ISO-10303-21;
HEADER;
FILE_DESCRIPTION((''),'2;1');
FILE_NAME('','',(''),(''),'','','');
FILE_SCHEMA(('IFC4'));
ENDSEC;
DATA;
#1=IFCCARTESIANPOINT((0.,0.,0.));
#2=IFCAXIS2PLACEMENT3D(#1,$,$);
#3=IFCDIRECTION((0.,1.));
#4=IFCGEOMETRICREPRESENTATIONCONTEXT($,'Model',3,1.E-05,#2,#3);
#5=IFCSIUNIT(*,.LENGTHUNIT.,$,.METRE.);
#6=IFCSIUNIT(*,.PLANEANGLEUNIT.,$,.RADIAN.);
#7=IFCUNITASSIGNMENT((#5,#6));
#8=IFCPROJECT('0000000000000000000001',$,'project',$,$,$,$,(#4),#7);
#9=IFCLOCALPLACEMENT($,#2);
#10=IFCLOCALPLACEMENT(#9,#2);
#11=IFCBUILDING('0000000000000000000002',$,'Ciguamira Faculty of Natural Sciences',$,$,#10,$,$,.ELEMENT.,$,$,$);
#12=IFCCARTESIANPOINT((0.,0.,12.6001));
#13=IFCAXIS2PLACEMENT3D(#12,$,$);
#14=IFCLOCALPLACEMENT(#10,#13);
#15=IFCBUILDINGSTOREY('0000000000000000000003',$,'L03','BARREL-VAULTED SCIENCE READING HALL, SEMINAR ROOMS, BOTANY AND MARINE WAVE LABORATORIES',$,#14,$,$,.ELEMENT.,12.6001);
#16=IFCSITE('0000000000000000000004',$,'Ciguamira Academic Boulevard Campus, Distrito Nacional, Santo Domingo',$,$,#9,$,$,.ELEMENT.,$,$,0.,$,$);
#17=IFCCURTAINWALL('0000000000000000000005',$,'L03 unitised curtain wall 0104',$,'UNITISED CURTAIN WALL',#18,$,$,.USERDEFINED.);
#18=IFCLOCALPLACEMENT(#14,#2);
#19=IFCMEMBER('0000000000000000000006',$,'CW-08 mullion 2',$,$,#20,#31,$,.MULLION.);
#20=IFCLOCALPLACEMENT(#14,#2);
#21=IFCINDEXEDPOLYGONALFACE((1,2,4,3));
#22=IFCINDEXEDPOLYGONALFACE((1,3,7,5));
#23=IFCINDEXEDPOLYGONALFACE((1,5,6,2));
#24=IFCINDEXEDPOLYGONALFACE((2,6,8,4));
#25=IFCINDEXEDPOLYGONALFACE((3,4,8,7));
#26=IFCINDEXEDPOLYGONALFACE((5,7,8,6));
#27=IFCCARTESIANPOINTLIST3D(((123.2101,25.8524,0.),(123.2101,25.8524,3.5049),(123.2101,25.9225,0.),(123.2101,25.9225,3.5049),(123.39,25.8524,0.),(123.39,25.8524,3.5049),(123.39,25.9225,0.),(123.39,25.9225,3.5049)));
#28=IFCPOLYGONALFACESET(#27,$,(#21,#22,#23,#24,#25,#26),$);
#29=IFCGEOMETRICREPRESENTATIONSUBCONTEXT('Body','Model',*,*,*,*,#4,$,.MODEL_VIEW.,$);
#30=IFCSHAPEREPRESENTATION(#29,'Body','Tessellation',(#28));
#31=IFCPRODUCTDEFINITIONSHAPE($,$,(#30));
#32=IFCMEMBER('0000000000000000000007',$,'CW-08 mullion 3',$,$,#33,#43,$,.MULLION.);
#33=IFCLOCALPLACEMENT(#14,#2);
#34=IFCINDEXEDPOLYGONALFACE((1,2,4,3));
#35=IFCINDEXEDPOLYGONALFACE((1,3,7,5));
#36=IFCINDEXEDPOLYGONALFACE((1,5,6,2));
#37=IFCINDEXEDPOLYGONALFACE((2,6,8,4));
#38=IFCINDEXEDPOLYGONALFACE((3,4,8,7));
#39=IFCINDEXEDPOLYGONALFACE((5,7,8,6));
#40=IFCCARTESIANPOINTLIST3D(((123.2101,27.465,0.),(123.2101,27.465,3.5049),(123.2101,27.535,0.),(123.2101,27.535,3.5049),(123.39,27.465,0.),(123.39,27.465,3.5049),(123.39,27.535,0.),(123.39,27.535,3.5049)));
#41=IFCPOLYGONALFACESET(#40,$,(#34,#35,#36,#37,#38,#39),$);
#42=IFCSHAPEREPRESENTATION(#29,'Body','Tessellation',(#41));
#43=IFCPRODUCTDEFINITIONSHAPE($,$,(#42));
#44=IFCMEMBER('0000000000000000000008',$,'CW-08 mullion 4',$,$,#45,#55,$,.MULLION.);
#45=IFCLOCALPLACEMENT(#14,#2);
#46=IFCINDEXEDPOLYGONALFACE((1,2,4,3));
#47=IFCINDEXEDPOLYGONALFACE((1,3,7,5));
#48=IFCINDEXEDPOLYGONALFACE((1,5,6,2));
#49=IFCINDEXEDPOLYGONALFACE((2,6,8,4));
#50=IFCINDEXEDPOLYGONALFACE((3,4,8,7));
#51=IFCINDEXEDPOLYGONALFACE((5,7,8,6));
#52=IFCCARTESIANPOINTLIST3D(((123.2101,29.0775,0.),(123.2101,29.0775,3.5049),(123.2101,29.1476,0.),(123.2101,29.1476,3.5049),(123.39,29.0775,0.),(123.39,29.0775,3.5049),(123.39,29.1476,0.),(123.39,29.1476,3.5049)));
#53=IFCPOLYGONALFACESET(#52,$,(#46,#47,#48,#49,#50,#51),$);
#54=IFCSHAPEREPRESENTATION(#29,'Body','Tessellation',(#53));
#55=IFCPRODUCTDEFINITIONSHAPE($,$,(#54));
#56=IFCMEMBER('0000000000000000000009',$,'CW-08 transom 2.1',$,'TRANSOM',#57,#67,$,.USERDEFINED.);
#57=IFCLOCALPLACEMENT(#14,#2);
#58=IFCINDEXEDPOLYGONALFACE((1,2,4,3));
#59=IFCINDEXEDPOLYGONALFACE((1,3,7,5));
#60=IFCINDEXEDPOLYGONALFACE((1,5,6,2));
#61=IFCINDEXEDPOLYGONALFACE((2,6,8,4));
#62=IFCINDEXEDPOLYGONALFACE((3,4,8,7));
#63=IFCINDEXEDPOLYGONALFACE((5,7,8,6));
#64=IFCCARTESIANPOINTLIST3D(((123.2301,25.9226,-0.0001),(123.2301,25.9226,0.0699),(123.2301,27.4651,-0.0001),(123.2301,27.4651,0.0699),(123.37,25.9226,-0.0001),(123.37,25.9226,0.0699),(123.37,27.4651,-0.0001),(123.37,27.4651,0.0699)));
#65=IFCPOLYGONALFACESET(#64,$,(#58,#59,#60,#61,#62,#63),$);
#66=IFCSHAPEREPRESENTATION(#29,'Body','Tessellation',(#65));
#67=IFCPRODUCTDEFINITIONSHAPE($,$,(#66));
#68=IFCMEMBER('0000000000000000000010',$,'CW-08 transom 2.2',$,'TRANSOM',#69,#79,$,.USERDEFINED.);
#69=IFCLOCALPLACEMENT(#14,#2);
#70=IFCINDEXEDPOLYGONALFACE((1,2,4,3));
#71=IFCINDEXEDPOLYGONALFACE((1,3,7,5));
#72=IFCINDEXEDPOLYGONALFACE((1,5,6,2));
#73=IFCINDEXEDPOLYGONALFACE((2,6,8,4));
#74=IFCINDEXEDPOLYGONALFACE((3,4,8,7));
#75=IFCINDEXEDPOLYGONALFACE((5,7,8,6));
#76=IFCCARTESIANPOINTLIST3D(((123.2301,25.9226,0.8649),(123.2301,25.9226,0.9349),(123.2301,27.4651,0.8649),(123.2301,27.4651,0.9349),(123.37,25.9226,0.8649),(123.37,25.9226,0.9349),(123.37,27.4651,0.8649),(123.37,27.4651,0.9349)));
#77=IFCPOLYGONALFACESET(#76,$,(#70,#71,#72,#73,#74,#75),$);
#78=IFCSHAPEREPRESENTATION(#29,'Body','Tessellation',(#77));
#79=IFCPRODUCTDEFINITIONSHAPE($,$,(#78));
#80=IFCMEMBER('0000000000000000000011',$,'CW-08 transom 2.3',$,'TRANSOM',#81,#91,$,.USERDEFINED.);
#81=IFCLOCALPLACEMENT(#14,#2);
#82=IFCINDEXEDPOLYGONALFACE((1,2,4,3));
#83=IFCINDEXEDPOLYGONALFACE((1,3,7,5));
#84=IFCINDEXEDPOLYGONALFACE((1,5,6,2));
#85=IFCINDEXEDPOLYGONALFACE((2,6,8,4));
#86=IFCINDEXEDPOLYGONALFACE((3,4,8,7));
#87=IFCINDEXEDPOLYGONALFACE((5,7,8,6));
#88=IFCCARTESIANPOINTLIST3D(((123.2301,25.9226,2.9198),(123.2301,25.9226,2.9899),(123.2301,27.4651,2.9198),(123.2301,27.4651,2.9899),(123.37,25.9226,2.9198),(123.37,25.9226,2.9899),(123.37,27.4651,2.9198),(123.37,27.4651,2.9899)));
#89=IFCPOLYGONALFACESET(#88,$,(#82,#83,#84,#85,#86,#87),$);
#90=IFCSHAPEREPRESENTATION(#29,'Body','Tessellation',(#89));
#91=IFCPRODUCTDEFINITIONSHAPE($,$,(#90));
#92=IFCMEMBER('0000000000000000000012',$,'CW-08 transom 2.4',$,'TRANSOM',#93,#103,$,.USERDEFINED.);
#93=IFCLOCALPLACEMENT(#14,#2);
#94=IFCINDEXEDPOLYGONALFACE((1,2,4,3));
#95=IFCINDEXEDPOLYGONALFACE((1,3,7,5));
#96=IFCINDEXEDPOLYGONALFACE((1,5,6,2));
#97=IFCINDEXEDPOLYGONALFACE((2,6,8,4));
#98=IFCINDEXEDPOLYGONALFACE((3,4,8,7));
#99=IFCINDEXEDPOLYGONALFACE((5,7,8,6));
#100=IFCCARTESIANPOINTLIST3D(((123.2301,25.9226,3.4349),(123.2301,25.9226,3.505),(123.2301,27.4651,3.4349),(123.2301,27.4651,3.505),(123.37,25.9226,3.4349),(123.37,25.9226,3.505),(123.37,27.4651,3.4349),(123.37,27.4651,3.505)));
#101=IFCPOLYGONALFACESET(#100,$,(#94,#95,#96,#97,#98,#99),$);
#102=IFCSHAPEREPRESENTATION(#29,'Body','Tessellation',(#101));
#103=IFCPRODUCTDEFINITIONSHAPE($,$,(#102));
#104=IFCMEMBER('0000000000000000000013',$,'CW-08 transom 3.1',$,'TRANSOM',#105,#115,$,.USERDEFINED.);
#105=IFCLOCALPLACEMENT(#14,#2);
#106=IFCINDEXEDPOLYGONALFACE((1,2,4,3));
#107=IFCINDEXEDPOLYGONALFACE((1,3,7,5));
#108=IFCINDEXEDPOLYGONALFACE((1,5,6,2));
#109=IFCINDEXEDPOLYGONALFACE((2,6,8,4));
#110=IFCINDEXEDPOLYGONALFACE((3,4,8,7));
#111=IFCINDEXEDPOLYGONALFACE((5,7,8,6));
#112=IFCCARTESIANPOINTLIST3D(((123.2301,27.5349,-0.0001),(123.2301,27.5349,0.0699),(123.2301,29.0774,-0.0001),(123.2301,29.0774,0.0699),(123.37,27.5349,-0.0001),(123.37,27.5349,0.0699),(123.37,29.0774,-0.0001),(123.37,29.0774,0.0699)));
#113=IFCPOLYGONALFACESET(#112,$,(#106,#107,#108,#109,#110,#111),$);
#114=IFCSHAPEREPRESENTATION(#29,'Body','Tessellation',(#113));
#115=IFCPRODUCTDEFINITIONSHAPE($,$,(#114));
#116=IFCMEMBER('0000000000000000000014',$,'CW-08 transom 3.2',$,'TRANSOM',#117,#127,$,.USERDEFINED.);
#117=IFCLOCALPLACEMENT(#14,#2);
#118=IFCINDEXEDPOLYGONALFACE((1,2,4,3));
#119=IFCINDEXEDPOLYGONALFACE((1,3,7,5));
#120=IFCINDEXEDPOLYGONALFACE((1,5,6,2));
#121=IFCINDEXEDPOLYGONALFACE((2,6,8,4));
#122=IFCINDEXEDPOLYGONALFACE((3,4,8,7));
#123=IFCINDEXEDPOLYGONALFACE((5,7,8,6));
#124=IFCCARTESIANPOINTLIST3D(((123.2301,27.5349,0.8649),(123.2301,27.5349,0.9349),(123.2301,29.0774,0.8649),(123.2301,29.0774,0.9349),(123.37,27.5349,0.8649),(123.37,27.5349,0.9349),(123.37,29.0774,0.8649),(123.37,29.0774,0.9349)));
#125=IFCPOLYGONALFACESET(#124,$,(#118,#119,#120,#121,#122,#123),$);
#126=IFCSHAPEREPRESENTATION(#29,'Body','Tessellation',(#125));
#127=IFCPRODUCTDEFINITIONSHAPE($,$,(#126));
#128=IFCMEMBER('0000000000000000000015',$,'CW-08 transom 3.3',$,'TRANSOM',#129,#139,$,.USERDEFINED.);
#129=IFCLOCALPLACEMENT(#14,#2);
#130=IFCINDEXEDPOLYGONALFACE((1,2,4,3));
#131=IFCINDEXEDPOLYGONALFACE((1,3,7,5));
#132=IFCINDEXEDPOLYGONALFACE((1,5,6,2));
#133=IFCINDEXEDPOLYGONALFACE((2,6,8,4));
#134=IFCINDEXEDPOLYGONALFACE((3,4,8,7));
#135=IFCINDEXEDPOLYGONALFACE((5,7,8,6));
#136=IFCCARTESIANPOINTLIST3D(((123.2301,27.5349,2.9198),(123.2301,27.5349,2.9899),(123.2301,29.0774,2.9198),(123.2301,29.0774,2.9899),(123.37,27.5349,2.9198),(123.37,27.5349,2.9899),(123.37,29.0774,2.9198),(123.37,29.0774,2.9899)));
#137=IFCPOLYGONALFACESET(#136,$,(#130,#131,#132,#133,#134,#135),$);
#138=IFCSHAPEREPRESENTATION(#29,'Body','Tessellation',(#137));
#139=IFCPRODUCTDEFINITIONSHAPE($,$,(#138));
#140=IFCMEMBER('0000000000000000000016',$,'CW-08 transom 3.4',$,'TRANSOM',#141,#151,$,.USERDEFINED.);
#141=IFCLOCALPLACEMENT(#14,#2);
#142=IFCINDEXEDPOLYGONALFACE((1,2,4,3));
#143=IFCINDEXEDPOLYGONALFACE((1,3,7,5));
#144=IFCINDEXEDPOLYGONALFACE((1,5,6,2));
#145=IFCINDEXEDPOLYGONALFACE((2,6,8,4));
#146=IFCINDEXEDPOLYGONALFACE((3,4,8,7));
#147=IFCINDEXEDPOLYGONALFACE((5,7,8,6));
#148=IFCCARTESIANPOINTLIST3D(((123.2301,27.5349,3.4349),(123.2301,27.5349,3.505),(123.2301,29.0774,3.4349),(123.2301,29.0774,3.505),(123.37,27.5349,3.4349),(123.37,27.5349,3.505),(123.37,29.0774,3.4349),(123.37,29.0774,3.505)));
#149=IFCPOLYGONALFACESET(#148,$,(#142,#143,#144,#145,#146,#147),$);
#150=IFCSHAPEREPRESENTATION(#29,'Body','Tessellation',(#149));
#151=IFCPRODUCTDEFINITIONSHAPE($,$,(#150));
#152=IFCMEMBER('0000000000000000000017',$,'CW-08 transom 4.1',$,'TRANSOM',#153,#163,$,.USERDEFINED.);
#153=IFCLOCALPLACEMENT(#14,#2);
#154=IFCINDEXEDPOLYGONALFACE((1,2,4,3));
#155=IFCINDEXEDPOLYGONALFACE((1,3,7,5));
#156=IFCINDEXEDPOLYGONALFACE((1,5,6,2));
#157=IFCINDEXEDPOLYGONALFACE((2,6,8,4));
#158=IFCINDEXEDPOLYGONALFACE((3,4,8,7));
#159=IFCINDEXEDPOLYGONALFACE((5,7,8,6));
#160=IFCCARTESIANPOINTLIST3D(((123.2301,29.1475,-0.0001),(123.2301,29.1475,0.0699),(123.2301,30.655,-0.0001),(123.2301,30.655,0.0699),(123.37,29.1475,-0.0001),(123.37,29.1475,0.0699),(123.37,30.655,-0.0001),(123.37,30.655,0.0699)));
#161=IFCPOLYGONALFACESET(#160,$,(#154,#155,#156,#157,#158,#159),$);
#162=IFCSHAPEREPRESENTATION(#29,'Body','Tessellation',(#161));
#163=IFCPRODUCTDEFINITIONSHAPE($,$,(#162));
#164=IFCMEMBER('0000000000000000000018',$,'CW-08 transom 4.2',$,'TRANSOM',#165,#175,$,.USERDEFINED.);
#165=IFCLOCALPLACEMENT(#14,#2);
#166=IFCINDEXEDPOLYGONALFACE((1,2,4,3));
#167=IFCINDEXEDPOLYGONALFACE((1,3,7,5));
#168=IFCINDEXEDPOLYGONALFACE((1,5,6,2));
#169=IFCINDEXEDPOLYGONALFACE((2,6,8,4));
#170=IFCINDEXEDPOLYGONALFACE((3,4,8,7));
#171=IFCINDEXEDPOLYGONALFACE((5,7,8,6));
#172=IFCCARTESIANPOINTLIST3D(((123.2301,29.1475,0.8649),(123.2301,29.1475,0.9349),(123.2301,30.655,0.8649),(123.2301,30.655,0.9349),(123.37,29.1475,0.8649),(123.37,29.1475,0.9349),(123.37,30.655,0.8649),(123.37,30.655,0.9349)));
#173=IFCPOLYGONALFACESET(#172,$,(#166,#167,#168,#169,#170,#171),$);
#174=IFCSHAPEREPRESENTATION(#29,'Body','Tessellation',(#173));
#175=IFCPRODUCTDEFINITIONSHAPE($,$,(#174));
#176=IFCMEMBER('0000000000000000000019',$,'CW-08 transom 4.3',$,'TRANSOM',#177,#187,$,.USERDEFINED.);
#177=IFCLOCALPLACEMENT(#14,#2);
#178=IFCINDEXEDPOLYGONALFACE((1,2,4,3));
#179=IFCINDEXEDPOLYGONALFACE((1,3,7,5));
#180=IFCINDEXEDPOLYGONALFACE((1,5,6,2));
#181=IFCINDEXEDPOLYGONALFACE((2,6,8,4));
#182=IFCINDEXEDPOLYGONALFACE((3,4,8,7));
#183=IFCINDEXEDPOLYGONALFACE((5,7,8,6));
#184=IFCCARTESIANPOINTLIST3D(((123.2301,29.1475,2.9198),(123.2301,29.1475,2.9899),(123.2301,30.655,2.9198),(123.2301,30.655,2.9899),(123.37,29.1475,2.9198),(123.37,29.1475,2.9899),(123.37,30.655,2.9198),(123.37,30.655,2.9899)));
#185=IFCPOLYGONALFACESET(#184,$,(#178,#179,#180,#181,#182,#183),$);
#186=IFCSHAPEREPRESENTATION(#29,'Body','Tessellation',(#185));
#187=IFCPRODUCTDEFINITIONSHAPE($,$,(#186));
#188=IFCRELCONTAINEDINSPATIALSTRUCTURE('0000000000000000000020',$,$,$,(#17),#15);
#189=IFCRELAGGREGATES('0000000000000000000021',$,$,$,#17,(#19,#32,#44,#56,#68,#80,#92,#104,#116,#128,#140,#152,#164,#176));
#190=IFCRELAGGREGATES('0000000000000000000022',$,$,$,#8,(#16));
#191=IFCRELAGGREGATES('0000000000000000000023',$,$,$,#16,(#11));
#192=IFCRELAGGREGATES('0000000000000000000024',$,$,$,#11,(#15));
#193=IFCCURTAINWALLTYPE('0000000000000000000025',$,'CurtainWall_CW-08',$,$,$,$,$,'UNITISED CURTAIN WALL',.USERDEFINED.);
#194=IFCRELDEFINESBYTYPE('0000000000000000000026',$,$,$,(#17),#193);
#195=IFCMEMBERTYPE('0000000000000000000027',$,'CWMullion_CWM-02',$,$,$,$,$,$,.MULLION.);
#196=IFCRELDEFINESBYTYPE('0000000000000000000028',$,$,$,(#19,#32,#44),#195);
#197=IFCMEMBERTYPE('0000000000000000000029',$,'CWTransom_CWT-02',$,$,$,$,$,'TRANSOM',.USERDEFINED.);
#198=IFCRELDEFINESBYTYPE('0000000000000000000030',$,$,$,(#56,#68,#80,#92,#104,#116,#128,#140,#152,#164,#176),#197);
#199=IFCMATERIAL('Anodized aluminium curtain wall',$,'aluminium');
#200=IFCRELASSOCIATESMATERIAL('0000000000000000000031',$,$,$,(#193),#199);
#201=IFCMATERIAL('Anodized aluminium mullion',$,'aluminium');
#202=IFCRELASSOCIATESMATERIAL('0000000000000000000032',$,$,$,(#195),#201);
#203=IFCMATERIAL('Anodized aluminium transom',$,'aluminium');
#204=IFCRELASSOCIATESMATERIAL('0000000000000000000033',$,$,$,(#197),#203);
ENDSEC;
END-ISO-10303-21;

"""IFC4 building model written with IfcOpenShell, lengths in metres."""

from ifc_helpers import new_model, si_unit, direction, frame, origin, origin_2d, place, context, subcontext, project, spatial, rectangle, extrude, material, material_profile, profile_set, type_object, element, aggregate, save


model = new_model("IFC4")

# Units and contexts
model_context = context("Model", 3, precision=1e-05, world=origin(), true_north=direction((0.0, 1.0)))
body_context = subcontext(model_context, "Body", "Model", "MODEL_VIEW")
ifc_project = project(units=[si_unit("LENGTHUNIT", "METRE"), si_unit("PLANEANGLEUNIT", "RADIAN")], contexts=[model_context])

# Site, building, storey
site_placement = place(None, origin())
site = spatial("IfcSite", under=ifc_project, at=site_placement, Name="Ciguamira Academic Boulevard Campus, Distrito Nacional, Santo Domingo", CompositionType="ELEMENT", RefElevation=0.0)
building_placement = place(site_placement, origin())
building = spatial("IfcBuilding", under=site, at=building_placement, Name="Ciguamira Faculty of Natural Sciences", CompositionType="ELEMENT")
storey_placement = place(building_placement, frame((0.0, 0.0, 12.6001)))
storey = spatial("IfcBuildingStorey", under=building, at=storey_placement, Name="L03", Description="BARREL-VAULTED SCIENCE READING HALL, SEMINAR ROOMS, BOTANY AND MARINE WAVE LABORATORIES", CompositionType="ELEMENT", Elevation=12.6001)

# Curtain wall, members
ifc_material_1 = material(Name="Anodized aluminium curtain wall", Category="aluminium")
curtain_wall_type = type_object("IfcCurtainWallType", Name="CurtainWall_CW-08", ElementType="UNITISED CURTAIN WALL", PredefinedType="USERDEFINED", material=ifc_material_1)
curtain_wall_placement = place(storey_placement, origin())
curtain_wall = element("IfcCurtainWall", 1, at=curtain_wall_placement, inside=storey, type_object=curtain_wall_type, Name="L03 unitised curtain wall 0104", ObjectType="UNITISED CURTAIN WALL", PredefinedType="USERDEFINED")
ifc_material_2 = material(Name="Anodized aluminium mullion", Category="aluminium")
ifc_material_profile_1 = material_profile(ifc_material_2, rectangle(XDim=0.0701, YDim=0.1799, at=origin_2d()), Name="ALU-MUL-70X180")
ifc_profile_set_1 = profile_set([ifc_material_profile_1], Name="Anodized aluminium mullion")
member_type_1 = type_object("IfcMemberType", Name="CWMullion_CWM-02", PredefinedType="MULLION", material=ifc_profile_set_1)
member_1_placement = place(storey_placement, frame((123.3, 25.8875, 0.0), z_axis=(0.0, 0.0, 1.0), x_axis=(0.0, 1.0, 0.0)))
member_1 = element("IfcMember", 2, at=member_1_placement, type_object=member_type_1, Name="CW-08 mullion 2", PredefinedType="MULLION", context=body_context, shape_type="SweptSolid", body=[
    extrude(rectangle(XDim=0.0701, YDim=0.1799, at=origin_2d()), origin(), (0.0, 0.0, 1.0), 3.5049),
])
member_2_placement = place(storey_placement, frame((123.3, 27.5, 0.0), z_axis=(0.0, 0.0, 1.0), x_axis=(0.0, 1.0, 0.0)))
member_2 = element("IfcMember", 3, at=member_2_placement, type_object=member_type_1, Name="CW-08 mullion 3", PredefinedType="MULLION", context=body_context, shape_type="SweptSolid", body=[
    extrude(rectangle(XDim=0.0701, YDim=0.1799, at=origin_2d()), origin(), (0.0, 0.0, 1.0), 3.5049),
])
member_3_placement = place(storey_placement, frame((123.3, 29.1125, 0.0), z_axis=(0.0, 0.0, 1.0), x_axis=(0.0, 1.0, 0.0)))
member_3 = element("IfcMember", 4, at=member_3_placement, type_object=member_type_1, Name="CW-08 mullion 4", PredefinedType="MULLION", context=body_context, shape_type="SweptSolid", body=[
    extrude(rectangle(XDim=0.0701, YDim=0.1799, at=origin_2d()), origin(), (0.0, 0.0, 1.0), 3.5049),
])
ifc_material_3 = material(Name="Anodized aluminium transom", Category="aluminium")
ifc_material_profile_2 = material_profile(ifc_material_3, rectangle(XDim=0.0701, YDim=0.1399, at=origin_2d()), Name="ALU-TRN-70X140")
ifc_profile_set_2 = profile_set([ifc_material_profile_2], Name="Anodized aluminium transom")
member_type_2 = type_object("IfcMemberType", Name="CWTransom_CWT-02", ElementType="TRANSOM", PredefinedType="USERDEFINED", material=ifc_profile_set_2)
member_4_placement = place(storey_placement, frame((123.3, 25.9226, 0.0349), z_axis=(0.0, 1.0, 0.0), x_axis=(0.0, 0.0, 1.0)))
member_4 = element("IfcMember", 5, at=member_4_placement, type_object=member_type_2, Name="CW-08 transom 2.1", ObjectType="TRANSOM", PredefinedType="USERDEFINED", context=body_context, shape_type="SweptSolid", body=[
    extrude(rectangle(XDim=0.0701, YDim=0.1399, at=origin_2d()), origin(), (0.0, 0.0, 1.0), 1.5425),
])
member_5_placement = place(storey_placement, frame((123.3, 25.9226, 0.8999), z_axis=(0.0, 1.0, 0.0), x_axis=(0.0, 0.0, 1.0)))
member_5 = element("IfcMember", 6, at=member_5_placement, type_object=member_type_2, Name="CW-08 transom 2.2", ObjectType="TRANSOM", PredefinedType="USERDEFINED", context=body_context, shape_type="SweptSolid", body=[
    extrude(rectangle(XDim=0.0701, YDim=0.1399, at=origin_2d()), origin(), (0.0, 0.0, 1.0), 1.5425),
])
member_6_placement = place(storey_placement, frame((123.3, 25.9226, 2.9548), z_axis=(0.0, 1.0, 0.0), x_axis=(0.0, 0.0, 1.0)))
member_6 = element("IfcMember", 7, at=member_6_placement, type_object=member_type_2, Name="CW-08 transom 2.3", ObjectType="TRANSOM", PredefinedType="USERDEFINED", context=body_context, shape_type="SweptSolid", body=[
    extrude(rectangle(XDim=0.0701, YDim=0.1399, at=origin_2d()), origin(), (0.0, 0.0, 1.0), 1.5425),
])
member_7_placement = place(storey_placement, frame((123.3, 25.9226, 3.47), z_axis=(0.0, 1.0, 0.0), x_axis=(0.0, 0.0, 1.0)))
member_7 = element("IfcMember", 8, at=member_7_placement, type_object=member_type_2, Name="CW-08 transom 2.4", ObjectType="TRANSOM", PredefinedType="USERDEFINED", context=body_context, shape_type="SweptSolid", body=[
    extrude(rectangle(XDim=0.0701, YDim=0.1399, at=origin_2d()), origin(), (0.0, 0.0, 1.0), 1.5425),
])
member_8_placement = place(storey_placement, frame((123.3, 27.5349, 0.0349), z_axis=(0.0, 1.0, 0.0), x_axis=(0.0, 0.0, 1.0)))
member_8 = element("IfcMember", 9, at=member_8_placement, type_object=member_type_2, Name="CW-08 transom 3.1", ObjectType="TRANSOM", PredefinedType="USERDEFINED", context=body_context, shape_type="SweptSolid", body=[
    extrude(rectangle(XDim=0.0701, YDim=0.1399, at=origin_2d()), origin(), (0.0, 0.0, 1.0), 1.5425),
])
member_9_placement = place(storey_placement, frame((123.3, 27.5349, 0.8999), z_axis=(0.0, 1.0, 0.0), x_axis=(0.0, 0.0, 1.0)))
member_9 = element("IfcMember", 10, at=member_9_placement, type_object=member_type_2, Name="CW-08 transom 3.2", ObjectType="TRANSOM", PredefinedType="USERDEFINED", context=body_context, shape_type="SweptSolid", body=[
    extrude(rectangle(XDim=0.0701, YDim=0.1399, at=origin_2d()), origin(), (0.0, 0.0, 1.0), 1.5425),
])
member_10_placement = place(storey_placement, frame((123.3, 27.5349, 2.9548), z_axis=(0.0, 1.0, 0.0), x_axis=(0.0, 0.0, 1.0)))
member_10 = element("IfcMember", 11, at=member_10_placement, type_object=member_type_2, Name="CW-08 transom 3.3", ObjectType="TRANSOM", PredefinedType="USERDEFINED", context=body_context, shape_type="SweptSolid", body=[
    extrude(rectangle(XDim=0.0701, YDim=0.1399, at=origin_2d()), origin(), (0.0, 0.0, 1.0), 1.5425),
])
member_11_placement = place(storey_placement, frame((123.3, 27.5349, 3.47), z_axis=(0.0, 1.0, 0.0), x_axis=(0.0, 0.0, 1.0)))
member_11 = element("IfcMember", 12, at=member_11_placement, type_object=member_type_2, Name="CW-08 transom 3.4", ObjectType="TRANSOM", PredefinedType="USERDEFINED", context=body_context, shape_type="SweptSolid", body=[
    extrude(rectangle(XDim=0.0701, YDim=0.1399, at=origin_2d()), origin(), (0.0, 0.0, 1.0), 1.5425),
])
member_12_placement = place(storey_placement, frame((123.3, 29.1475, 0.0349), z_axis=(0.0, 1.0, 0.0), x_axis=(0.0, 0.0, 1.0)))
member_12 = element("IfcMember", 13, at=member_12_placement, type_object=member_type_2, Name="CW-08 transom 4.1", ObjectType="TRANSOM", PredefinedType="USERDEFINED", context=body_context, shape_type="SweptSolid", body=[
    extrude(rectangle(XDim=0.0701, YDim=0.1399, at=origin_2d()), origin(), (0.0, 0.0, 1.0), 1.5076),
])
member_13_placement = place(storey_placement, frame((123.3, 29.1475, 0.8999), z_axis=(0.0, 1.0, 0.0), x_axis=(0.0, 0.0, 1.0)))
member_13 = element("IfcMember", 14, at=member_13_placement, type_object=member_type_2, Name="CW-08 transom 4.2", ObjectType="TRANSOM", PredefinedType="USERDEFINED", context=body_context, shape_type="SweptSolid", body=[
    extrude(rectangle(XDim=0.0701, YDim=0.1399, at=origin_2d()), origin(), (0.0, 0.0, 1.0), 1.5076),
])
member_14_placement = place(storey_placement, frame((123.3, 29.1475, 2.9548), z_axis=(0.0, 1.0, 0.0), x_axis=(0.0, 0.0, 1.0)))
member_14 = element("IfcMember", 15, at=member_14_placement, type_object=member_type_2, Name="CW-08 transom 4.3", ObjectType="TRANSOM", PredefinedType="USERDEFINED", context=body_context, shape_type="SweptSolid", body=[
    extrude(rectangle(XDim=0.0701, YDim=0.1399, at=origin_2d()), origin(), (0.0, 0.0, 1.0), 1.5076),
])
aggregate(curtain_wall, [member_1, member_2, member_3, member_4, member_5, member_6, member_7, member_8, member_9, member_10, member_11, member_12, member_13, member_14])

save(model, "model.ifc")
